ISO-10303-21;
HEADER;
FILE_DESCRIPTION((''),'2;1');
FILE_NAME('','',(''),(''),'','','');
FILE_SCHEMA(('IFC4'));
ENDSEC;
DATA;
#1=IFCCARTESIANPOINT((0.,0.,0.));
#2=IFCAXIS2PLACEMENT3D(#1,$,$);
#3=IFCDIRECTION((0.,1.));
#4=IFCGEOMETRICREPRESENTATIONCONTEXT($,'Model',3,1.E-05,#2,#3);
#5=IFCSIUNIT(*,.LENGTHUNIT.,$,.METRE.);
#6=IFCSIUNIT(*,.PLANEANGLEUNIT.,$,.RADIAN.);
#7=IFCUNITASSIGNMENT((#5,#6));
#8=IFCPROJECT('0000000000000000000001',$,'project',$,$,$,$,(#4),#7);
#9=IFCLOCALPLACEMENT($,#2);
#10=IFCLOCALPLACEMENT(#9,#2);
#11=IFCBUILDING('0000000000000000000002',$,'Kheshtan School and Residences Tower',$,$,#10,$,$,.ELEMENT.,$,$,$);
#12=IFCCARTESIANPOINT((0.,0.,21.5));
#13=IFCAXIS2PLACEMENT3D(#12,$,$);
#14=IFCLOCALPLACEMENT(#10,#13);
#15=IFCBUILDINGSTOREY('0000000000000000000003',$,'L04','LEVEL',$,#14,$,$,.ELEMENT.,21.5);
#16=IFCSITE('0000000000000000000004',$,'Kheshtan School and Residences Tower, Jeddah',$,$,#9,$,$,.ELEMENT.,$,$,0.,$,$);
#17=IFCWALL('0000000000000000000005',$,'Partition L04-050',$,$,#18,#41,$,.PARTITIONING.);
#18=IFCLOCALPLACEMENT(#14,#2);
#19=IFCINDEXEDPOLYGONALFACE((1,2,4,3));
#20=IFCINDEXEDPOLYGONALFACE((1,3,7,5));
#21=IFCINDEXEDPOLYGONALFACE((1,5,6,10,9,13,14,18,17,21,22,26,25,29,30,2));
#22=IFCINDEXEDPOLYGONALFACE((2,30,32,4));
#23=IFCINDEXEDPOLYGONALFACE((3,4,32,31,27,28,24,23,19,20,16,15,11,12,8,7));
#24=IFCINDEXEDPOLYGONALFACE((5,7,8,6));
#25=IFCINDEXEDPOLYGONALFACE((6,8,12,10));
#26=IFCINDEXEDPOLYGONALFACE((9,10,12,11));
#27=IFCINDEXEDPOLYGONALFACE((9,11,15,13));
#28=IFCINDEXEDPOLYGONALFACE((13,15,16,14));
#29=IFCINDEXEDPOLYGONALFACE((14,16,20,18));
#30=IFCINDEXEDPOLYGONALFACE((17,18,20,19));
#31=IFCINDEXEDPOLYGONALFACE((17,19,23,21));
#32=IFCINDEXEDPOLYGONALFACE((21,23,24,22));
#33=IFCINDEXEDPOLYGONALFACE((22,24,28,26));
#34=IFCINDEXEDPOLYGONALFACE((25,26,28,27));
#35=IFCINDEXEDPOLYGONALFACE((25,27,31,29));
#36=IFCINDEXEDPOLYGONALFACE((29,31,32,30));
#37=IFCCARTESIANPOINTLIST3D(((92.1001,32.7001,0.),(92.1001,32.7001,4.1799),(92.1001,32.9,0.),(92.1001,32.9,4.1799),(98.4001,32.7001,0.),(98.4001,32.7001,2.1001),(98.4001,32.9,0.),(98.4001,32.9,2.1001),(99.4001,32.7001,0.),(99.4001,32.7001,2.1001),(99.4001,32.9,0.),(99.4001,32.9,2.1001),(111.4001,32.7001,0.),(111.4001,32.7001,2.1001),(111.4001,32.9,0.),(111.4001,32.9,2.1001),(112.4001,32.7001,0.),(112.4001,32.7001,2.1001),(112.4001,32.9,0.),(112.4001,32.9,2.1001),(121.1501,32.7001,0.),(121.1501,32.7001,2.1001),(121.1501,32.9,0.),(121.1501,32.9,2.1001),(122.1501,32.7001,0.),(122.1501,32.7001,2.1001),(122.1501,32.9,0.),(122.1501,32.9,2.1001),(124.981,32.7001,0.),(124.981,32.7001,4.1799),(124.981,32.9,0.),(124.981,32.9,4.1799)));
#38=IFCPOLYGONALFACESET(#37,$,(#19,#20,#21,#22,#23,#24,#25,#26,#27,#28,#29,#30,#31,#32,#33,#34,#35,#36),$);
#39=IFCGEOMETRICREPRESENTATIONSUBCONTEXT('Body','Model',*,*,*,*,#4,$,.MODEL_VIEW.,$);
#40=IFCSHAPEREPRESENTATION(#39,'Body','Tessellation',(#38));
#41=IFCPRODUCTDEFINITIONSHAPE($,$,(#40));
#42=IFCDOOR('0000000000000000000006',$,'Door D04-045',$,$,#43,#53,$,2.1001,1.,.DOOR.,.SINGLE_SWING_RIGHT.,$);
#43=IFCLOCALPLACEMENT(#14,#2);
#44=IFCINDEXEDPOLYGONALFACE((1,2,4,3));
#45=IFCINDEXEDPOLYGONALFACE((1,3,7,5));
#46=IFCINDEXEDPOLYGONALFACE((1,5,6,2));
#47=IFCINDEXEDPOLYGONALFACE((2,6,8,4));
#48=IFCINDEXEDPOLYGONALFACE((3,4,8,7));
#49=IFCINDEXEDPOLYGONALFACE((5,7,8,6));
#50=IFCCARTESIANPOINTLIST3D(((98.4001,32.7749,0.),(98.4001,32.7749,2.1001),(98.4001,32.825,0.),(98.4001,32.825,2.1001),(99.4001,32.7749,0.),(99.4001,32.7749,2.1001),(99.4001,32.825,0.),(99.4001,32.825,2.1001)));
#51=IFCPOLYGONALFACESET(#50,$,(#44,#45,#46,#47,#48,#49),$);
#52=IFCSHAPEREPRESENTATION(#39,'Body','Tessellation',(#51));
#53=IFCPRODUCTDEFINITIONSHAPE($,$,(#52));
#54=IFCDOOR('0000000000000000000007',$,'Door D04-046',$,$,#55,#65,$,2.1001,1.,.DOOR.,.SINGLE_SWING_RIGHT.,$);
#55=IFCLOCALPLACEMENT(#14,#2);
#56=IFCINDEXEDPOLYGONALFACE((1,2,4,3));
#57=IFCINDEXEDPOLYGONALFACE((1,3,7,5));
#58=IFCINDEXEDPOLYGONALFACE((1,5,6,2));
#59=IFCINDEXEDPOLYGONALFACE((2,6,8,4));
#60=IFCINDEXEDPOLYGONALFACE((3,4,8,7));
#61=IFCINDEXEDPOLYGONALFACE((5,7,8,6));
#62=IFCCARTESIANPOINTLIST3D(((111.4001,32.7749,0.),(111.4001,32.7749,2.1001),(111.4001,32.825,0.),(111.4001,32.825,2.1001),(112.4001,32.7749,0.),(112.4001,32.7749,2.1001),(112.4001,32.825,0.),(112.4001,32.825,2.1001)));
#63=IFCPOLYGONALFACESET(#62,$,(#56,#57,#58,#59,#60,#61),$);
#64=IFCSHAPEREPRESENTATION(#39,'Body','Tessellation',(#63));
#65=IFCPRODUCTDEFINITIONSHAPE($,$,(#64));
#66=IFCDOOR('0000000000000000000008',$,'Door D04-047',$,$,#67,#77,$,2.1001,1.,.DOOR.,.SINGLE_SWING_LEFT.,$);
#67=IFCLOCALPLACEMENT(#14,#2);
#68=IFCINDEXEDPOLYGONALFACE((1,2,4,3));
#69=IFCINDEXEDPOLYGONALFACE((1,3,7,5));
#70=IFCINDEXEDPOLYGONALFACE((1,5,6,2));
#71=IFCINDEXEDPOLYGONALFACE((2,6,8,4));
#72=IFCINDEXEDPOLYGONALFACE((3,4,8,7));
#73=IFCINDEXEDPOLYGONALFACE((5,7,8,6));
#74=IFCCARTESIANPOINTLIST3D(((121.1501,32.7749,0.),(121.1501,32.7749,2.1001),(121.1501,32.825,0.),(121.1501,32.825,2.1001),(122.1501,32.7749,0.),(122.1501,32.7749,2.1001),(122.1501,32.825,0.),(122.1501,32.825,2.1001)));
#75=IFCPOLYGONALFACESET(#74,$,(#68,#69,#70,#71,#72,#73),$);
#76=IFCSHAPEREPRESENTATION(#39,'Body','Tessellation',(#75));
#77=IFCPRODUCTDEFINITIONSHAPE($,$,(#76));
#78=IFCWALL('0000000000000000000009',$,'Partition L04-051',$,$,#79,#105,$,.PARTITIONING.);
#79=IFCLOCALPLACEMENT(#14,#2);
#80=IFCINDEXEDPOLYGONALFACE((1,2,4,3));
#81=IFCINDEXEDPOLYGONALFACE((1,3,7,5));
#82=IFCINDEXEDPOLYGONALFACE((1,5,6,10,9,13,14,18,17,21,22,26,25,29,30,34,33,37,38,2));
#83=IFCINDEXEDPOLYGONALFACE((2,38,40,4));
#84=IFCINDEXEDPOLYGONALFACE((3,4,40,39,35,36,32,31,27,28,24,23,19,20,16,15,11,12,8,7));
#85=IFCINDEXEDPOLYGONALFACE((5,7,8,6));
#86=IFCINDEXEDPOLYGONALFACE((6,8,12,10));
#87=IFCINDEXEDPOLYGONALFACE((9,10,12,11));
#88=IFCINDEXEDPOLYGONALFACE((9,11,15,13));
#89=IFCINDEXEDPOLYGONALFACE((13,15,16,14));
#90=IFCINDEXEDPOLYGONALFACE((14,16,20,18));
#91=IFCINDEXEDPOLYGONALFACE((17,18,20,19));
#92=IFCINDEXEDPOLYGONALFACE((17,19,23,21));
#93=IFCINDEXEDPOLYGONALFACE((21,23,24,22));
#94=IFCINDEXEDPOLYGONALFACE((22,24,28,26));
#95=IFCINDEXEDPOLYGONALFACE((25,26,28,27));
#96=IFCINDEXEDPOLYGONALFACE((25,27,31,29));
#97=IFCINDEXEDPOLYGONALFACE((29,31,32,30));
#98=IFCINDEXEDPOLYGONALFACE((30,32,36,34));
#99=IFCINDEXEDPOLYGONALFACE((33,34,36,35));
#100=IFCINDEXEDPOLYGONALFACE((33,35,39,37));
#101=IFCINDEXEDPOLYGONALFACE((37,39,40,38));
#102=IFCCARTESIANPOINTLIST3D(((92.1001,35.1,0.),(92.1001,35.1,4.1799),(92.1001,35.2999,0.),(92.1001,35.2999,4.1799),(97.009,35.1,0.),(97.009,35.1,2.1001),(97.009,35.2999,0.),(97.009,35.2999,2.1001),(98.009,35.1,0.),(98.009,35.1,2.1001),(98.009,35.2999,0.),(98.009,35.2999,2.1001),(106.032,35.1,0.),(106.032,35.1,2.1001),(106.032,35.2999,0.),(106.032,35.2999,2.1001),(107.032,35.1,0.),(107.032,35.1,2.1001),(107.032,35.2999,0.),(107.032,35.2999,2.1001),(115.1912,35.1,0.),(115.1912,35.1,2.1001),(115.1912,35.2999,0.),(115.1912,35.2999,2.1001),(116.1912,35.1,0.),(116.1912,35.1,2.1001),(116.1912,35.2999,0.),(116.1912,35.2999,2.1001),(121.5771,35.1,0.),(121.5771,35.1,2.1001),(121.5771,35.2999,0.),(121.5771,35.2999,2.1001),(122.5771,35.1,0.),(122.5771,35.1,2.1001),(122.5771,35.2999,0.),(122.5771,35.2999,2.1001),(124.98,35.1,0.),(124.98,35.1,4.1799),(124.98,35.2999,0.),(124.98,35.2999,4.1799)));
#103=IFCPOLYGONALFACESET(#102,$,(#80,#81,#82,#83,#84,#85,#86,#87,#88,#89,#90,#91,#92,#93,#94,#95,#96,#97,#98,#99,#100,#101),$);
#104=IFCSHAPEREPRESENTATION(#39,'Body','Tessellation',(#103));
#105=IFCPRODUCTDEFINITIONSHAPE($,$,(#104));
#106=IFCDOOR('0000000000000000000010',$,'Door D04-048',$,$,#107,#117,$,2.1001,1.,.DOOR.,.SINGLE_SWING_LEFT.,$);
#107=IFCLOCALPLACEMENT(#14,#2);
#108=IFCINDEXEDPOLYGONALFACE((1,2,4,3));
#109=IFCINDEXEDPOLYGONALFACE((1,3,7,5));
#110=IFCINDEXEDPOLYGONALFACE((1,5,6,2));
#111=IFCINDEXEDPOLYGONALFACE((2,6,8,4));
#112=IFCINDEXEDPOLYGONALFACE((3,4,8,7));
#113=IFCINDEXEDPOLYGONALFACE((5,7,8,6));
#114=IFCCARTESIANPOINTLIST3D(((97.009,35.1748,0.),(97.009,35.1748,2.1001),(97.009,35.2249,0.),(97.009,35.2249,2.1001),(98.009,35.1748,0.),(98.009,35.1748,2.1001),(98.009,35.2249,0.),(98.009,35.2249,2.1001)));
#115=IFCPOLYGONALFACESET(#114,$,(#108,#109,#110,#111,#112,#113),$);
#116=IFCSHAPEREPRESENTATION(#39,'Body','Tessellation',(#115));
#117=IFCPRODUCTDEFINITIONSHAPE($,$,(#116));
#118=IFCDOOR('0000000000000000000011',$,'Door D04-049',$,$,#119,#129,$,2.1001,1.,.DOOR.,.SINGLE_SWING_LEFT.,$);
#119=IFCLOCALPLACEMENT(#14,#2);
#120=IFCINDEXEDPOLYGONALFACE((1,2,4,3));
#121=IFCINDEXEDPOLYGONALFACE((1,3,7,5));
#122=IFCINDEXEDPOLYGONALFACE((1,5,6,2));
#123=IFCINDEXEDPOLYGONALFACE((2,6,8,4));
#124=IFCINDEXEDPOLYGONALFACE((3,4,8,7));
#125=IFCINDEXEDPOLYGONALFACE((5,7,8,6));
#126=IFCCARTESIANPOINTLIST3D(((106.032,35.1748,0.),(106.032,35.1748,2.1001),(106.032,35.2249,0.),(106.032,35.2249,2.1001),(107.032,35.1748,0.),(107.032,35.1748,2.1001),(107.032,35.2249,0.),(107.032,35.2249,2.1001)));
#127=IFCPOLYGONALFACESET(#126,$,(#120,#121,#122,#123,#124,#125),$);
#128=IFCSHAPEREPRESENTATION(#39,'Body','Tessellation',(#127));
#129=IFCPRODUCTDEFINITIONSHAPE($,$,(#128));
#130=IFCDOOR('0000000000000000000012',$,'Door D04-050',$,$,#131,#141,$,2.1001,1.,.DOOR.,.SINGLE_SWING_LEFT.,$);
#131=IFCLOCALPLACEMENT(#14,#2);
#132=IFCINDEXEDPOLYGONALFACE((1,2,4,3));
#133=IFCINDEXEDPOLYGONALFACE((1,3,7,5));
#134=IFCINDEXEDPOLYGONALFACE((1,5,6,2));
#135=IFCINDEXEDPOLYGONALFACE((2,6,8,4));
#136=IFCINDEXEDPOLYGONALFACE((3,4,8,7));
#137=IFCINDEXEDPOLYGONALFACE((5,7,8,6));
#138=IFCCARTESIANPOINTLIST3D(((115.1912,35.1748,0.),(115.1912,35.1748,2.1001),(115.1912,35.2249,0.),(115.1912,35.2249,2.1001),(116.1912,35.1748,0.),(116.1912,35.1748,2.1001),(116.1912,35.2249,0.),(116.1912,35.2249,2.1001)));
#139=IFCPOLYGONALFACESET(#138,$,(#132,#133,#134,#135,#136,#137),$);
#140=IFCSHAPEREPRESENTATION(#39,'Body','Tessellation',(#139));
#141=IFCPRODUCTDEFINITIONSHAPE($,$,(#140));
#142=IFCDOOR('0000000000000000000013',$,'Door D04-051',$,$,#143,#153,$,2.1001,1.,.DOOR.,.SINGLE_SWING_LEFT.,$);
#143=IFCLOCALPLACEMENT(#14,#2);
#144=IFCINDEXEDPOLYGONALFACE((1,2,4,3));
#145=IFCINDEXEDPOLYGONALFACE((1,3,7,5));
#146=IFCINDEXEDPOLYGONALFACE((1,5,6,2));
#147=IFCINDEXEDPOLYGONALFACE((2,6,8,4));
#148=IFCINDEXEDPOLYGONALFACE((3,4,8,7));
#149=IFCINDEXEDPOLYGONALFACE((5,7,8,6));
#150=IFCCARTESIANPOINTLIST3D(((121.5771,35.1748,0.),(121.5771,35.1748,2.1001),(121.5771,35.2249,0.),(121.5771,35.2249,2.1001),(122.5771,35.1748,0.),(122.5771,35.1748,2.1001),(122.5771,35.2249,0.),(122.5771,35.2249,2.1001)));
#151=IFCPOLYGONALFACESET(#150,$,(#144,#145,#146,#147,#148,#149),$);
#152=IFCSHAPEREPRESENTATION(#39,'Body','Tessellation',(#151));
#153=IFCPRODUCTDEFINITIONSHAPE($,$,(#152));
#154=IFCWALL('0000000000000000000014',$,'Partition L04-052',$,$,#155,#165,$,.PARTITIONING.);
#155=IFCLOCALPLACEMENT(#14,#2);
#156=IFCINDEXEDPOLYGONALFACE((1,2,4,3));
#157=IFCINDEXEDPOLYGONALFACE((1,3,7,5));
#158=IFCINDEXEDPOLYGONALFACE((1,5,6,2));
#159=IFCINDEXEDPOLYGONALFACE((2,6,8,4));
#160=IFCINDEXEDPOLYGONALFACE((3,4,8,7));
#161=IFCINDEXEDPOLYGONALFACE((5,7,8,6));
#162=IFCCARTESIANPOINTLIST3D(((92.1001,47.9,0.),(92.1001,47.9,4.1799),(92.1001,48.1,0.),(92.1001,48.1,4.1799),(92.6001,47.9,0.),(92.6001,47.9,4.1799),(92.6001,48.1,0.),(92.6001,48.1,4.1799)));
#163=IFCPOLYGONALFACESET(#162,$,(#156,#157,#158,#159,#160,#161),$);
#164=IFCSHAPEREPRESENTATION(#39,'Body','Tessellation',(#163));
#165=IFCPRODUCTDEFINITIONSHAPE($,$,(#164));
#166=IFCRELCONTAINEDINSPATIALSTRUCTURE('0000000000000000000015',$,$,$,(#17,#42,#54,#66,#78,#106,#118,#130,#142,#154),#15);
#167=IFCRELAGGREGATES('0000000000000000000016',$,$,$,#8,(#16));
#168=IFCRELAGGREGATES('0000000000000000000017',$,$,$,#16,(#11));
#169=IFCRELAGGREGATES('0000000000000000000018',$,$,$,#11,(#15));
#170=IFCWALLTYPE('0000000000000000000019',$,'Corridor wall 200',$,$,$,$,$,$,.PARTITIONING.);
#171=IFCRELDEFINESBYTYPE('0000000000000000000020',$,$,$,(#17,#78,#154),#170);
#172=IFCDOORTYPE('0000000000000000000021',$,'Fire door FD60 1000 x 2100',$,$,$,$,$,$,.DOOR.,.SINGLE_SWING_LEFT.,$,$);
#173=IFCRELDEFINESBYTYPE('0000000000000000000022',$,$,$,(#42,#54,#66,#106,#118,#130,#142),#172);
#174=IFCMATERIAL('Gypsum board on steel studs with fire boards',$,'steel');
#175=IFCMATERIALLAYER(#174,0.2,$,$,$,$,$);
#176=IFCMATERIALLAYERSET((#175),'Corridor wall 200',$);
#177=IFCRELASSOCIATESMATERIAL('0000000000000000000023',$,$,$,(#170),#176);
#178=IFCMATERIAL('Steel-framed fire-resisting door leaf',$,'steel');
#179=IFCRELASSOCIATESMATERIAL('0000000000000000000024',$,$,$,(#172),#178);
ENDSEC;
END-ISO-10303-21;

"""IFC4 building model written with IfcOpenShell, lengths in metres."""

from ifc_helpers import new_model, si_unit, direction, frame, frame_2d, origin, place, context, subcontext, project, spatial, rectangle, extrude, source, transform, mapped, material, layer, layer_set, type_object, element, fill, save


model = new_model("IFC4")

# Units and contexts
model_context = context("Model", 3, precision=1e-05, world=origin(), true_north=direction((0.0, 1.0)))
body_context = subcontext(model_context, "Body", "Model", "MODEL_VIEW")
ifc_project = project(units=[si_unit("LENGTHUNIT", "METRE"), si_unit("PLANEANGLEUNIT", "RADIAN")], contexts=[model_context])

# Site, building, storey
site_placement = place(None, origin())
site = spatial("IfcSite", under=ifc_project, at=site_placement, Name="Kheshtan School and Residences Tower, Jeddah", CompositionType="ELEMENT", RefElevation=0.0)
building_placement = place(site_placement, origin())
building = spatial("IfcBuilding", under=site, at=building_placement, Name="Kheshtan School and Residences Tower", CompositionType="ELEMENT")
storey_placement = place(building_placement, frame((0.0, 0.0, 21.5)))
storey = spatial("IfcBuildingStorey", under=building, at=storey_placement, Name="L04", Description="LEVEL", CompositionType="ELEMENT", Elevation=21.5)

# Shared definitions
ifc_material_1 = material(Name="Gypsum board on steel studs with fire boards", Category="steel")
ifc_layer_1 = layer(ifc_material_1, 0.2)
ifc_layer_set_1 = layer_set([ifc_layer_1], Name="Corridor wall 200")
wall_type_1 = type_object("IfcWallType", Name="Corridor wall 200", PredefinedType="PARTITIONING", material=ifc_layer_set_1)

# Walls, openings, doors
wall_1_placement = place(storey_placement, frame((92.1001, 32.8, 0.0), z_axis=(0.0, 0.0, 1.0), x_axis=(1.0, 0.0, 0.0)))
wall_1 = element("IfcWall", 1, at=wall_1_placement, inside=storey, type_object=wall_type_1, Name="Partition L04-050", PredefinedType="PARTITIONING", context=body_context, shape_type="SweptSolid", body=[
    extrude(rectangle(XDim=32.8809, YDim=0.2, at=frame_2d((16.4404, 0.0))), origin(), (0.0, 0.0, 1.0), 4.1799),
])
opening_1_placement = place(wall_1_placement, frame((6.3, 0.0, 0.0)))
opening_1 = element("IfcOpeningElement", 2, at=opening_1_placement, cuts=wall_1, PredefinedType="OPENING", context=body_context, shape_type="SweptSolid", body=[
    extrude(rectangle(XDim=1.0, YDim=2.1001, at=frame_2d((0.5, 1.05))), frame((0.0, 0.1099, 0.0), z_axis=(0.0, -1.0, 0.0), x_axis=(1.0, 0.0, 0.0)), (0.0, 0.0, 1.0), 0.22),
])
opening_2_placement = place(wall_1_placement, frame((19.3, 0.0, 0.0)))
opening_2 = element("IfcOpeningElement", 3, at=opening_2_placement, cuts=wall_1, PredefinedType="OPENING", context=body_context, shape_type="SweptSolid", body=[
    extrude(rectangle(XDim=1.0, YDim=2.1001, at=frame_2d((0.5, 1.05))), frame((0.0, 0.1099, 0.0), z_axis=(0.0, -1.0, 0.0), x_axis=(1.0, 0.0, 0.0)), (0.0, 0.0, 1.0), 0.22),
])
opening_3_placement = place(wall_1_placement, frame((29.05, 0.0, 0.0)))
opening_3 = element("IfcOpeningElement", 4, at=opening_3_placement, cuts=wall_1, PredefinedType="OPENING", context=body_context, shape_type="SweptSolid", body=[
    extrude(rectangle(XDim=1.0, YDim=2.1001, at=frame_2d((0.5, 1.05))), frame((0.0, 0.1099, 0.0), z_axis=(0.0, -1.0, 0.0), x_axis=(1.0, 0.0, 0.0)), (0.0, 0.0, 1.0), 0.22),
])
ifc_material_2 = material(Name="Steel-framed fire-resisting door leaf", Category="steel")
door_type_1 = type_object("IfcDoorType", Name="Fire door FD60 1000 x 2100", OperationType="SINGLE_SWING_LEFT", PredefinedType="DOOR", material=ifc_material_2)
shared_shape_1 = source(origin(), body_context, "Body", "SweptSolid", [
    extrude(rectangle(XDim=1.0, YDim=2.1001, at=frame_2d((0.5, 1.05))), frame((0.0, 0.0249, 0.0), z_axis=(0.0, -1.0, 0.0), x_axis=(1.0, 0.0, 0.0)), (0.0, 0.0, 1.0), 0.05),
])
door_1_placement = place(opening_1_placement, origin())
door_1 = element("IfcDoor", 5, at=door_1_placement, inside=storey, type_object=door_type_1, Name="Door D04-045", OperationType="SINGLE_SWING_RIGHT", OverallHeight=2.1001, OverallWidth=1.0, PredefinedType="DOOR", context=body_context, shape_type="MappedRepresentation", body=[
    mapped(shared_shape_1, transform((0.0, 0.0, 0.0), x_axis=(1.0, 0.0, 0.0), y_axis=(0.0, 1.0, 0.0), z_axis=(0.0, 0.0, 1.0), scale=1.0)),
])
fill(opening_1, door_1)
door_2_placement = place(opening_2_placement, origin())
door_2 = element("IfcDoor", 6, at=door_2_placement, inside=storey, type_object=door_type_1, Name="Door D04-046", OperationType="SINGLE_SWING_RIGHT", OverallHeight=2.1001, OverallWidth=1.0, PredefinedType="DOOR", context=body_context, shape_type="MappedRepresentation", body=[
    mapped(shared_shape_1, transform((0.0, 0.0, 0.0), x_axis=(1.0, 0.0, 0.0), y_axis=(0.0, 1.0, 0.0), z_axis=(0.0, 0.0, 1.0), scale=1.0)),
])
fill(opening_2, door_2)
door_3_placement = place(opening_3_placement, origin())
door_3 = element("IfcDoor", 7, at=door_3_placement, inside=storey, type_object=door_type_1, Name="Door D04-047", OperationType="SINGLE_SWING_LEFT", OverallHeight=2.1001, OverallWidth=1.0, PredefinedType="DOOR", context=body_context, shape_type="MappedRepresentation", body=[
    mapped(shared_shape_1, transform((0.0, 0.0, 0.0), x_axis=(1.0, 0.0, 0.0), y_axis=(0.0, 1.0, 0.0), z_axis=(0.0, 0.0, 1.0), scale=1.0)),
])
fill(opening_3, door_3)
wall_2_placement = place(storey_placement, frame((92.1001, 35.2, 0.0), z_axis=(0.0, 0.0, 1.0), x_axis=(1.0, 0.0, 0.0)))
wall_2 = element("IfcWall", 8, at=wall_2_placement, inside=storey, type_object=wall_type_1, Name="Partition L04-051", PredefinedType="PARTITIONING", context=body_context, shape_type="SweptSolid", body=[
    extrude(rectangle(XDim=32.8799, YDim=0.2, at=frame_2d((16.4399, 0.0))), origin(), (0.0, 0.0, 1.0), 4.1799),
])
opening_4_placement = place(wall_2_placement, frame((4.9089, 0.0, 0.0)))
opening_4 = element("IfcOpeningElement", 9, at=opening_4_placement, cuts=wall_2, PredefinedType="OPENING", context=body_context, shape_type="SweptSolid", body=[
    extrude(rectangle(XDim=1.0, YDim=2.1001, at=frame_2d((0.5, 1.05))), frame((0.0, 0.1099, 0.0), z_axis=(0.0, -1.0, 0.0), x_axis=(1.0, 0.0, 0.0)), (0.0, 0.0, 1.0), 0.22),
])
opening_5_placement = place(wall_2_placement, frame((13.9319, 0.0, 0.0)))
opening_5 = element("IfcOpeningElement", 10, at=opening_5_placement, cuts=wall_2, PredefinedType="OPENING", context=body_context, shape_type="SweptSolid", body=[
    extrude(rectangle(XDim=1.0, YDim=2.1001, at=frame_2d((0.5, 1.05))), frame((0.0, 0.1099, 0.0), z_axis=(0.0, -1.0, 0.0), x_axis=(1.0, 0.0, 0.0)), (0.0, 0.0, 1.0), 0.22),
])
opening_6_placement = place(wall_2_placement, frame((23.0911, 0.0, 0.0)))
opening_6 = element("IfcOpeningElement", 11, at=opening_6_placement, cuts=wall_2, PredefinedType="OPENING", context=body_context, shape_type="SweptSolid", body=[
    extrude(rectangle(XDim=1.0, YDim=2.1001, at=frame_2d((0.5, 1.05))), frame((0.0, 0.1099, 0.0), z_axis=(0.0, -1.0, 0.0), x_axis=(1.0, 0.0, 0.0)), (0.0, 0.0, 1.0), 0.22),
])
opening_7_placement = place(wall_2_placement, frame((29.4771, 0.0, 0.0)))
opening_7 = element("IfcOpeningElement", 12, at=opening_7_placement, cuts=wall_2, PredefinedType="OPENING", context=body_context, shape_type="SweptSolid", body=[
    extrude(rectangle(XDim=1.0, YDim=2.1001, at=frame_2d((0.5, 1.05))), frame((0.0, 0.1099, 0.0), z_axis=(0.0, -1.0, 0.0), x_axis=(1.0, 0.0, 0.0)), (0.0, 0.0, 1.0), 0.22),
])
door_4_placement = place(opening_4_placement, origin())
door_4 = element("IfcDoor", 13, at=door_4_placement, inside=storey, type_object=door_type_1, Name="Door D04-048", OperationType="SINGLE_SWING_LEFT", OverallHeight=2.1001, OverallWidth=1.0, PredefinedType="DOOR", context=body_context, shape_type="MappedRepresentation", body=[
    mapped(shared_shape_1, transform((0.0, 0.0, 0.0), x_axis=(1.0, 0.0, 0.0), y_axis=(0.0, 1.0, 0.0), z_axis=(0.0, 0.0, 1.0), scale=1.0)),
])
fill(opening_4, door_4)
door_5_placement = place(opening_5_placement, origin())
door_5 = element("IfcDoor", 14, at=door_5_placement, inside=storey, type_object=door_type_1, Name="Door D04-049", OperationType="SINGLE_SWING_LEFT", OverallHeight=2.1001, OverallWidth=1.0, PredefinedType="DOOR", context=body_context, shape_type="MappedRepresentation", body=[
    mapped(shared_shape_1, transform((0.0, 0.0, 0.0), x_axis=(1.0, 0.0, 0.0), y_axis=(0.0, 1.0, 0.0), z_axis=(0.0, 0.0, 1.0), scale=1.0)),
])
fill(opening_5, door_5)
door_6_placement = place(opening_6_placement, origin())
door_6 = element("IfcDoor", 15, at=door_6_placement, inside=storey, type_object=door_type_1, Name="Door D04-050", OperationType="SINGLE_SWING_LEFT", OverallHeight=2.1001, OverallWidth=1.0, PredefinedType="DOOR", context=body_context, shape_type="MappedRepresentation", body=[
    mapped(shared_shape_1, transform((0.0, 0.0, 0.0), x_axis=(1.0, 0.0, 0.0), y_axis=(0.0, 1.0, 0.0), z_axis=(0.0, 0.0, 1.0), scale=1.0)),
])
fill(opening_6, door_6)
door_7_placement = place(opening_7_placement, origin())
door_7 = element("IfcDoor", 16, at=door_7_placement, inside=storey, type_object=door_type_1, Name="Door D04-051", OperationType="SINGLE_SWING_LEFT", OverallHeight=2.1001, OverallWidth=1.0, PredefinedType="DOOR", context=body_context, shape_type="MappedRepresentation", body=[
    mapped(shared_shape_1, transform((0.0, 0.0, 0.0), x_axis=(1.0, 0.0, 0.0), y_axis=(0.0, 1.0, 0.0), z_axis=(0.0, 0.0, 1.0), scale=1.0)),
])
fill(opening_7, door_7)

# Wall
wall_3_placement = place(storey_placement, frame((92.1001, 48.0, 0.0), z_axis=(0.0, 0.0, 1.0), x_axis=(1.0, 0.0, 0.0)))
element("IfcWall", 17, at=wall_3_placement, inside=storey, type_object=wall_type_1, Name="Partition L04-052", PredefinedType="PARTITIONING", context=body_context, shape_type="SweptSolid", body=[
    extrude(rectangle(XDim=0.5, YDim=0.2, at=frame_2d((0.25, 0.0))), origin(), (0.0, 0.0, 1.0), 4.1799),
])

save(model, "model.ifc")
